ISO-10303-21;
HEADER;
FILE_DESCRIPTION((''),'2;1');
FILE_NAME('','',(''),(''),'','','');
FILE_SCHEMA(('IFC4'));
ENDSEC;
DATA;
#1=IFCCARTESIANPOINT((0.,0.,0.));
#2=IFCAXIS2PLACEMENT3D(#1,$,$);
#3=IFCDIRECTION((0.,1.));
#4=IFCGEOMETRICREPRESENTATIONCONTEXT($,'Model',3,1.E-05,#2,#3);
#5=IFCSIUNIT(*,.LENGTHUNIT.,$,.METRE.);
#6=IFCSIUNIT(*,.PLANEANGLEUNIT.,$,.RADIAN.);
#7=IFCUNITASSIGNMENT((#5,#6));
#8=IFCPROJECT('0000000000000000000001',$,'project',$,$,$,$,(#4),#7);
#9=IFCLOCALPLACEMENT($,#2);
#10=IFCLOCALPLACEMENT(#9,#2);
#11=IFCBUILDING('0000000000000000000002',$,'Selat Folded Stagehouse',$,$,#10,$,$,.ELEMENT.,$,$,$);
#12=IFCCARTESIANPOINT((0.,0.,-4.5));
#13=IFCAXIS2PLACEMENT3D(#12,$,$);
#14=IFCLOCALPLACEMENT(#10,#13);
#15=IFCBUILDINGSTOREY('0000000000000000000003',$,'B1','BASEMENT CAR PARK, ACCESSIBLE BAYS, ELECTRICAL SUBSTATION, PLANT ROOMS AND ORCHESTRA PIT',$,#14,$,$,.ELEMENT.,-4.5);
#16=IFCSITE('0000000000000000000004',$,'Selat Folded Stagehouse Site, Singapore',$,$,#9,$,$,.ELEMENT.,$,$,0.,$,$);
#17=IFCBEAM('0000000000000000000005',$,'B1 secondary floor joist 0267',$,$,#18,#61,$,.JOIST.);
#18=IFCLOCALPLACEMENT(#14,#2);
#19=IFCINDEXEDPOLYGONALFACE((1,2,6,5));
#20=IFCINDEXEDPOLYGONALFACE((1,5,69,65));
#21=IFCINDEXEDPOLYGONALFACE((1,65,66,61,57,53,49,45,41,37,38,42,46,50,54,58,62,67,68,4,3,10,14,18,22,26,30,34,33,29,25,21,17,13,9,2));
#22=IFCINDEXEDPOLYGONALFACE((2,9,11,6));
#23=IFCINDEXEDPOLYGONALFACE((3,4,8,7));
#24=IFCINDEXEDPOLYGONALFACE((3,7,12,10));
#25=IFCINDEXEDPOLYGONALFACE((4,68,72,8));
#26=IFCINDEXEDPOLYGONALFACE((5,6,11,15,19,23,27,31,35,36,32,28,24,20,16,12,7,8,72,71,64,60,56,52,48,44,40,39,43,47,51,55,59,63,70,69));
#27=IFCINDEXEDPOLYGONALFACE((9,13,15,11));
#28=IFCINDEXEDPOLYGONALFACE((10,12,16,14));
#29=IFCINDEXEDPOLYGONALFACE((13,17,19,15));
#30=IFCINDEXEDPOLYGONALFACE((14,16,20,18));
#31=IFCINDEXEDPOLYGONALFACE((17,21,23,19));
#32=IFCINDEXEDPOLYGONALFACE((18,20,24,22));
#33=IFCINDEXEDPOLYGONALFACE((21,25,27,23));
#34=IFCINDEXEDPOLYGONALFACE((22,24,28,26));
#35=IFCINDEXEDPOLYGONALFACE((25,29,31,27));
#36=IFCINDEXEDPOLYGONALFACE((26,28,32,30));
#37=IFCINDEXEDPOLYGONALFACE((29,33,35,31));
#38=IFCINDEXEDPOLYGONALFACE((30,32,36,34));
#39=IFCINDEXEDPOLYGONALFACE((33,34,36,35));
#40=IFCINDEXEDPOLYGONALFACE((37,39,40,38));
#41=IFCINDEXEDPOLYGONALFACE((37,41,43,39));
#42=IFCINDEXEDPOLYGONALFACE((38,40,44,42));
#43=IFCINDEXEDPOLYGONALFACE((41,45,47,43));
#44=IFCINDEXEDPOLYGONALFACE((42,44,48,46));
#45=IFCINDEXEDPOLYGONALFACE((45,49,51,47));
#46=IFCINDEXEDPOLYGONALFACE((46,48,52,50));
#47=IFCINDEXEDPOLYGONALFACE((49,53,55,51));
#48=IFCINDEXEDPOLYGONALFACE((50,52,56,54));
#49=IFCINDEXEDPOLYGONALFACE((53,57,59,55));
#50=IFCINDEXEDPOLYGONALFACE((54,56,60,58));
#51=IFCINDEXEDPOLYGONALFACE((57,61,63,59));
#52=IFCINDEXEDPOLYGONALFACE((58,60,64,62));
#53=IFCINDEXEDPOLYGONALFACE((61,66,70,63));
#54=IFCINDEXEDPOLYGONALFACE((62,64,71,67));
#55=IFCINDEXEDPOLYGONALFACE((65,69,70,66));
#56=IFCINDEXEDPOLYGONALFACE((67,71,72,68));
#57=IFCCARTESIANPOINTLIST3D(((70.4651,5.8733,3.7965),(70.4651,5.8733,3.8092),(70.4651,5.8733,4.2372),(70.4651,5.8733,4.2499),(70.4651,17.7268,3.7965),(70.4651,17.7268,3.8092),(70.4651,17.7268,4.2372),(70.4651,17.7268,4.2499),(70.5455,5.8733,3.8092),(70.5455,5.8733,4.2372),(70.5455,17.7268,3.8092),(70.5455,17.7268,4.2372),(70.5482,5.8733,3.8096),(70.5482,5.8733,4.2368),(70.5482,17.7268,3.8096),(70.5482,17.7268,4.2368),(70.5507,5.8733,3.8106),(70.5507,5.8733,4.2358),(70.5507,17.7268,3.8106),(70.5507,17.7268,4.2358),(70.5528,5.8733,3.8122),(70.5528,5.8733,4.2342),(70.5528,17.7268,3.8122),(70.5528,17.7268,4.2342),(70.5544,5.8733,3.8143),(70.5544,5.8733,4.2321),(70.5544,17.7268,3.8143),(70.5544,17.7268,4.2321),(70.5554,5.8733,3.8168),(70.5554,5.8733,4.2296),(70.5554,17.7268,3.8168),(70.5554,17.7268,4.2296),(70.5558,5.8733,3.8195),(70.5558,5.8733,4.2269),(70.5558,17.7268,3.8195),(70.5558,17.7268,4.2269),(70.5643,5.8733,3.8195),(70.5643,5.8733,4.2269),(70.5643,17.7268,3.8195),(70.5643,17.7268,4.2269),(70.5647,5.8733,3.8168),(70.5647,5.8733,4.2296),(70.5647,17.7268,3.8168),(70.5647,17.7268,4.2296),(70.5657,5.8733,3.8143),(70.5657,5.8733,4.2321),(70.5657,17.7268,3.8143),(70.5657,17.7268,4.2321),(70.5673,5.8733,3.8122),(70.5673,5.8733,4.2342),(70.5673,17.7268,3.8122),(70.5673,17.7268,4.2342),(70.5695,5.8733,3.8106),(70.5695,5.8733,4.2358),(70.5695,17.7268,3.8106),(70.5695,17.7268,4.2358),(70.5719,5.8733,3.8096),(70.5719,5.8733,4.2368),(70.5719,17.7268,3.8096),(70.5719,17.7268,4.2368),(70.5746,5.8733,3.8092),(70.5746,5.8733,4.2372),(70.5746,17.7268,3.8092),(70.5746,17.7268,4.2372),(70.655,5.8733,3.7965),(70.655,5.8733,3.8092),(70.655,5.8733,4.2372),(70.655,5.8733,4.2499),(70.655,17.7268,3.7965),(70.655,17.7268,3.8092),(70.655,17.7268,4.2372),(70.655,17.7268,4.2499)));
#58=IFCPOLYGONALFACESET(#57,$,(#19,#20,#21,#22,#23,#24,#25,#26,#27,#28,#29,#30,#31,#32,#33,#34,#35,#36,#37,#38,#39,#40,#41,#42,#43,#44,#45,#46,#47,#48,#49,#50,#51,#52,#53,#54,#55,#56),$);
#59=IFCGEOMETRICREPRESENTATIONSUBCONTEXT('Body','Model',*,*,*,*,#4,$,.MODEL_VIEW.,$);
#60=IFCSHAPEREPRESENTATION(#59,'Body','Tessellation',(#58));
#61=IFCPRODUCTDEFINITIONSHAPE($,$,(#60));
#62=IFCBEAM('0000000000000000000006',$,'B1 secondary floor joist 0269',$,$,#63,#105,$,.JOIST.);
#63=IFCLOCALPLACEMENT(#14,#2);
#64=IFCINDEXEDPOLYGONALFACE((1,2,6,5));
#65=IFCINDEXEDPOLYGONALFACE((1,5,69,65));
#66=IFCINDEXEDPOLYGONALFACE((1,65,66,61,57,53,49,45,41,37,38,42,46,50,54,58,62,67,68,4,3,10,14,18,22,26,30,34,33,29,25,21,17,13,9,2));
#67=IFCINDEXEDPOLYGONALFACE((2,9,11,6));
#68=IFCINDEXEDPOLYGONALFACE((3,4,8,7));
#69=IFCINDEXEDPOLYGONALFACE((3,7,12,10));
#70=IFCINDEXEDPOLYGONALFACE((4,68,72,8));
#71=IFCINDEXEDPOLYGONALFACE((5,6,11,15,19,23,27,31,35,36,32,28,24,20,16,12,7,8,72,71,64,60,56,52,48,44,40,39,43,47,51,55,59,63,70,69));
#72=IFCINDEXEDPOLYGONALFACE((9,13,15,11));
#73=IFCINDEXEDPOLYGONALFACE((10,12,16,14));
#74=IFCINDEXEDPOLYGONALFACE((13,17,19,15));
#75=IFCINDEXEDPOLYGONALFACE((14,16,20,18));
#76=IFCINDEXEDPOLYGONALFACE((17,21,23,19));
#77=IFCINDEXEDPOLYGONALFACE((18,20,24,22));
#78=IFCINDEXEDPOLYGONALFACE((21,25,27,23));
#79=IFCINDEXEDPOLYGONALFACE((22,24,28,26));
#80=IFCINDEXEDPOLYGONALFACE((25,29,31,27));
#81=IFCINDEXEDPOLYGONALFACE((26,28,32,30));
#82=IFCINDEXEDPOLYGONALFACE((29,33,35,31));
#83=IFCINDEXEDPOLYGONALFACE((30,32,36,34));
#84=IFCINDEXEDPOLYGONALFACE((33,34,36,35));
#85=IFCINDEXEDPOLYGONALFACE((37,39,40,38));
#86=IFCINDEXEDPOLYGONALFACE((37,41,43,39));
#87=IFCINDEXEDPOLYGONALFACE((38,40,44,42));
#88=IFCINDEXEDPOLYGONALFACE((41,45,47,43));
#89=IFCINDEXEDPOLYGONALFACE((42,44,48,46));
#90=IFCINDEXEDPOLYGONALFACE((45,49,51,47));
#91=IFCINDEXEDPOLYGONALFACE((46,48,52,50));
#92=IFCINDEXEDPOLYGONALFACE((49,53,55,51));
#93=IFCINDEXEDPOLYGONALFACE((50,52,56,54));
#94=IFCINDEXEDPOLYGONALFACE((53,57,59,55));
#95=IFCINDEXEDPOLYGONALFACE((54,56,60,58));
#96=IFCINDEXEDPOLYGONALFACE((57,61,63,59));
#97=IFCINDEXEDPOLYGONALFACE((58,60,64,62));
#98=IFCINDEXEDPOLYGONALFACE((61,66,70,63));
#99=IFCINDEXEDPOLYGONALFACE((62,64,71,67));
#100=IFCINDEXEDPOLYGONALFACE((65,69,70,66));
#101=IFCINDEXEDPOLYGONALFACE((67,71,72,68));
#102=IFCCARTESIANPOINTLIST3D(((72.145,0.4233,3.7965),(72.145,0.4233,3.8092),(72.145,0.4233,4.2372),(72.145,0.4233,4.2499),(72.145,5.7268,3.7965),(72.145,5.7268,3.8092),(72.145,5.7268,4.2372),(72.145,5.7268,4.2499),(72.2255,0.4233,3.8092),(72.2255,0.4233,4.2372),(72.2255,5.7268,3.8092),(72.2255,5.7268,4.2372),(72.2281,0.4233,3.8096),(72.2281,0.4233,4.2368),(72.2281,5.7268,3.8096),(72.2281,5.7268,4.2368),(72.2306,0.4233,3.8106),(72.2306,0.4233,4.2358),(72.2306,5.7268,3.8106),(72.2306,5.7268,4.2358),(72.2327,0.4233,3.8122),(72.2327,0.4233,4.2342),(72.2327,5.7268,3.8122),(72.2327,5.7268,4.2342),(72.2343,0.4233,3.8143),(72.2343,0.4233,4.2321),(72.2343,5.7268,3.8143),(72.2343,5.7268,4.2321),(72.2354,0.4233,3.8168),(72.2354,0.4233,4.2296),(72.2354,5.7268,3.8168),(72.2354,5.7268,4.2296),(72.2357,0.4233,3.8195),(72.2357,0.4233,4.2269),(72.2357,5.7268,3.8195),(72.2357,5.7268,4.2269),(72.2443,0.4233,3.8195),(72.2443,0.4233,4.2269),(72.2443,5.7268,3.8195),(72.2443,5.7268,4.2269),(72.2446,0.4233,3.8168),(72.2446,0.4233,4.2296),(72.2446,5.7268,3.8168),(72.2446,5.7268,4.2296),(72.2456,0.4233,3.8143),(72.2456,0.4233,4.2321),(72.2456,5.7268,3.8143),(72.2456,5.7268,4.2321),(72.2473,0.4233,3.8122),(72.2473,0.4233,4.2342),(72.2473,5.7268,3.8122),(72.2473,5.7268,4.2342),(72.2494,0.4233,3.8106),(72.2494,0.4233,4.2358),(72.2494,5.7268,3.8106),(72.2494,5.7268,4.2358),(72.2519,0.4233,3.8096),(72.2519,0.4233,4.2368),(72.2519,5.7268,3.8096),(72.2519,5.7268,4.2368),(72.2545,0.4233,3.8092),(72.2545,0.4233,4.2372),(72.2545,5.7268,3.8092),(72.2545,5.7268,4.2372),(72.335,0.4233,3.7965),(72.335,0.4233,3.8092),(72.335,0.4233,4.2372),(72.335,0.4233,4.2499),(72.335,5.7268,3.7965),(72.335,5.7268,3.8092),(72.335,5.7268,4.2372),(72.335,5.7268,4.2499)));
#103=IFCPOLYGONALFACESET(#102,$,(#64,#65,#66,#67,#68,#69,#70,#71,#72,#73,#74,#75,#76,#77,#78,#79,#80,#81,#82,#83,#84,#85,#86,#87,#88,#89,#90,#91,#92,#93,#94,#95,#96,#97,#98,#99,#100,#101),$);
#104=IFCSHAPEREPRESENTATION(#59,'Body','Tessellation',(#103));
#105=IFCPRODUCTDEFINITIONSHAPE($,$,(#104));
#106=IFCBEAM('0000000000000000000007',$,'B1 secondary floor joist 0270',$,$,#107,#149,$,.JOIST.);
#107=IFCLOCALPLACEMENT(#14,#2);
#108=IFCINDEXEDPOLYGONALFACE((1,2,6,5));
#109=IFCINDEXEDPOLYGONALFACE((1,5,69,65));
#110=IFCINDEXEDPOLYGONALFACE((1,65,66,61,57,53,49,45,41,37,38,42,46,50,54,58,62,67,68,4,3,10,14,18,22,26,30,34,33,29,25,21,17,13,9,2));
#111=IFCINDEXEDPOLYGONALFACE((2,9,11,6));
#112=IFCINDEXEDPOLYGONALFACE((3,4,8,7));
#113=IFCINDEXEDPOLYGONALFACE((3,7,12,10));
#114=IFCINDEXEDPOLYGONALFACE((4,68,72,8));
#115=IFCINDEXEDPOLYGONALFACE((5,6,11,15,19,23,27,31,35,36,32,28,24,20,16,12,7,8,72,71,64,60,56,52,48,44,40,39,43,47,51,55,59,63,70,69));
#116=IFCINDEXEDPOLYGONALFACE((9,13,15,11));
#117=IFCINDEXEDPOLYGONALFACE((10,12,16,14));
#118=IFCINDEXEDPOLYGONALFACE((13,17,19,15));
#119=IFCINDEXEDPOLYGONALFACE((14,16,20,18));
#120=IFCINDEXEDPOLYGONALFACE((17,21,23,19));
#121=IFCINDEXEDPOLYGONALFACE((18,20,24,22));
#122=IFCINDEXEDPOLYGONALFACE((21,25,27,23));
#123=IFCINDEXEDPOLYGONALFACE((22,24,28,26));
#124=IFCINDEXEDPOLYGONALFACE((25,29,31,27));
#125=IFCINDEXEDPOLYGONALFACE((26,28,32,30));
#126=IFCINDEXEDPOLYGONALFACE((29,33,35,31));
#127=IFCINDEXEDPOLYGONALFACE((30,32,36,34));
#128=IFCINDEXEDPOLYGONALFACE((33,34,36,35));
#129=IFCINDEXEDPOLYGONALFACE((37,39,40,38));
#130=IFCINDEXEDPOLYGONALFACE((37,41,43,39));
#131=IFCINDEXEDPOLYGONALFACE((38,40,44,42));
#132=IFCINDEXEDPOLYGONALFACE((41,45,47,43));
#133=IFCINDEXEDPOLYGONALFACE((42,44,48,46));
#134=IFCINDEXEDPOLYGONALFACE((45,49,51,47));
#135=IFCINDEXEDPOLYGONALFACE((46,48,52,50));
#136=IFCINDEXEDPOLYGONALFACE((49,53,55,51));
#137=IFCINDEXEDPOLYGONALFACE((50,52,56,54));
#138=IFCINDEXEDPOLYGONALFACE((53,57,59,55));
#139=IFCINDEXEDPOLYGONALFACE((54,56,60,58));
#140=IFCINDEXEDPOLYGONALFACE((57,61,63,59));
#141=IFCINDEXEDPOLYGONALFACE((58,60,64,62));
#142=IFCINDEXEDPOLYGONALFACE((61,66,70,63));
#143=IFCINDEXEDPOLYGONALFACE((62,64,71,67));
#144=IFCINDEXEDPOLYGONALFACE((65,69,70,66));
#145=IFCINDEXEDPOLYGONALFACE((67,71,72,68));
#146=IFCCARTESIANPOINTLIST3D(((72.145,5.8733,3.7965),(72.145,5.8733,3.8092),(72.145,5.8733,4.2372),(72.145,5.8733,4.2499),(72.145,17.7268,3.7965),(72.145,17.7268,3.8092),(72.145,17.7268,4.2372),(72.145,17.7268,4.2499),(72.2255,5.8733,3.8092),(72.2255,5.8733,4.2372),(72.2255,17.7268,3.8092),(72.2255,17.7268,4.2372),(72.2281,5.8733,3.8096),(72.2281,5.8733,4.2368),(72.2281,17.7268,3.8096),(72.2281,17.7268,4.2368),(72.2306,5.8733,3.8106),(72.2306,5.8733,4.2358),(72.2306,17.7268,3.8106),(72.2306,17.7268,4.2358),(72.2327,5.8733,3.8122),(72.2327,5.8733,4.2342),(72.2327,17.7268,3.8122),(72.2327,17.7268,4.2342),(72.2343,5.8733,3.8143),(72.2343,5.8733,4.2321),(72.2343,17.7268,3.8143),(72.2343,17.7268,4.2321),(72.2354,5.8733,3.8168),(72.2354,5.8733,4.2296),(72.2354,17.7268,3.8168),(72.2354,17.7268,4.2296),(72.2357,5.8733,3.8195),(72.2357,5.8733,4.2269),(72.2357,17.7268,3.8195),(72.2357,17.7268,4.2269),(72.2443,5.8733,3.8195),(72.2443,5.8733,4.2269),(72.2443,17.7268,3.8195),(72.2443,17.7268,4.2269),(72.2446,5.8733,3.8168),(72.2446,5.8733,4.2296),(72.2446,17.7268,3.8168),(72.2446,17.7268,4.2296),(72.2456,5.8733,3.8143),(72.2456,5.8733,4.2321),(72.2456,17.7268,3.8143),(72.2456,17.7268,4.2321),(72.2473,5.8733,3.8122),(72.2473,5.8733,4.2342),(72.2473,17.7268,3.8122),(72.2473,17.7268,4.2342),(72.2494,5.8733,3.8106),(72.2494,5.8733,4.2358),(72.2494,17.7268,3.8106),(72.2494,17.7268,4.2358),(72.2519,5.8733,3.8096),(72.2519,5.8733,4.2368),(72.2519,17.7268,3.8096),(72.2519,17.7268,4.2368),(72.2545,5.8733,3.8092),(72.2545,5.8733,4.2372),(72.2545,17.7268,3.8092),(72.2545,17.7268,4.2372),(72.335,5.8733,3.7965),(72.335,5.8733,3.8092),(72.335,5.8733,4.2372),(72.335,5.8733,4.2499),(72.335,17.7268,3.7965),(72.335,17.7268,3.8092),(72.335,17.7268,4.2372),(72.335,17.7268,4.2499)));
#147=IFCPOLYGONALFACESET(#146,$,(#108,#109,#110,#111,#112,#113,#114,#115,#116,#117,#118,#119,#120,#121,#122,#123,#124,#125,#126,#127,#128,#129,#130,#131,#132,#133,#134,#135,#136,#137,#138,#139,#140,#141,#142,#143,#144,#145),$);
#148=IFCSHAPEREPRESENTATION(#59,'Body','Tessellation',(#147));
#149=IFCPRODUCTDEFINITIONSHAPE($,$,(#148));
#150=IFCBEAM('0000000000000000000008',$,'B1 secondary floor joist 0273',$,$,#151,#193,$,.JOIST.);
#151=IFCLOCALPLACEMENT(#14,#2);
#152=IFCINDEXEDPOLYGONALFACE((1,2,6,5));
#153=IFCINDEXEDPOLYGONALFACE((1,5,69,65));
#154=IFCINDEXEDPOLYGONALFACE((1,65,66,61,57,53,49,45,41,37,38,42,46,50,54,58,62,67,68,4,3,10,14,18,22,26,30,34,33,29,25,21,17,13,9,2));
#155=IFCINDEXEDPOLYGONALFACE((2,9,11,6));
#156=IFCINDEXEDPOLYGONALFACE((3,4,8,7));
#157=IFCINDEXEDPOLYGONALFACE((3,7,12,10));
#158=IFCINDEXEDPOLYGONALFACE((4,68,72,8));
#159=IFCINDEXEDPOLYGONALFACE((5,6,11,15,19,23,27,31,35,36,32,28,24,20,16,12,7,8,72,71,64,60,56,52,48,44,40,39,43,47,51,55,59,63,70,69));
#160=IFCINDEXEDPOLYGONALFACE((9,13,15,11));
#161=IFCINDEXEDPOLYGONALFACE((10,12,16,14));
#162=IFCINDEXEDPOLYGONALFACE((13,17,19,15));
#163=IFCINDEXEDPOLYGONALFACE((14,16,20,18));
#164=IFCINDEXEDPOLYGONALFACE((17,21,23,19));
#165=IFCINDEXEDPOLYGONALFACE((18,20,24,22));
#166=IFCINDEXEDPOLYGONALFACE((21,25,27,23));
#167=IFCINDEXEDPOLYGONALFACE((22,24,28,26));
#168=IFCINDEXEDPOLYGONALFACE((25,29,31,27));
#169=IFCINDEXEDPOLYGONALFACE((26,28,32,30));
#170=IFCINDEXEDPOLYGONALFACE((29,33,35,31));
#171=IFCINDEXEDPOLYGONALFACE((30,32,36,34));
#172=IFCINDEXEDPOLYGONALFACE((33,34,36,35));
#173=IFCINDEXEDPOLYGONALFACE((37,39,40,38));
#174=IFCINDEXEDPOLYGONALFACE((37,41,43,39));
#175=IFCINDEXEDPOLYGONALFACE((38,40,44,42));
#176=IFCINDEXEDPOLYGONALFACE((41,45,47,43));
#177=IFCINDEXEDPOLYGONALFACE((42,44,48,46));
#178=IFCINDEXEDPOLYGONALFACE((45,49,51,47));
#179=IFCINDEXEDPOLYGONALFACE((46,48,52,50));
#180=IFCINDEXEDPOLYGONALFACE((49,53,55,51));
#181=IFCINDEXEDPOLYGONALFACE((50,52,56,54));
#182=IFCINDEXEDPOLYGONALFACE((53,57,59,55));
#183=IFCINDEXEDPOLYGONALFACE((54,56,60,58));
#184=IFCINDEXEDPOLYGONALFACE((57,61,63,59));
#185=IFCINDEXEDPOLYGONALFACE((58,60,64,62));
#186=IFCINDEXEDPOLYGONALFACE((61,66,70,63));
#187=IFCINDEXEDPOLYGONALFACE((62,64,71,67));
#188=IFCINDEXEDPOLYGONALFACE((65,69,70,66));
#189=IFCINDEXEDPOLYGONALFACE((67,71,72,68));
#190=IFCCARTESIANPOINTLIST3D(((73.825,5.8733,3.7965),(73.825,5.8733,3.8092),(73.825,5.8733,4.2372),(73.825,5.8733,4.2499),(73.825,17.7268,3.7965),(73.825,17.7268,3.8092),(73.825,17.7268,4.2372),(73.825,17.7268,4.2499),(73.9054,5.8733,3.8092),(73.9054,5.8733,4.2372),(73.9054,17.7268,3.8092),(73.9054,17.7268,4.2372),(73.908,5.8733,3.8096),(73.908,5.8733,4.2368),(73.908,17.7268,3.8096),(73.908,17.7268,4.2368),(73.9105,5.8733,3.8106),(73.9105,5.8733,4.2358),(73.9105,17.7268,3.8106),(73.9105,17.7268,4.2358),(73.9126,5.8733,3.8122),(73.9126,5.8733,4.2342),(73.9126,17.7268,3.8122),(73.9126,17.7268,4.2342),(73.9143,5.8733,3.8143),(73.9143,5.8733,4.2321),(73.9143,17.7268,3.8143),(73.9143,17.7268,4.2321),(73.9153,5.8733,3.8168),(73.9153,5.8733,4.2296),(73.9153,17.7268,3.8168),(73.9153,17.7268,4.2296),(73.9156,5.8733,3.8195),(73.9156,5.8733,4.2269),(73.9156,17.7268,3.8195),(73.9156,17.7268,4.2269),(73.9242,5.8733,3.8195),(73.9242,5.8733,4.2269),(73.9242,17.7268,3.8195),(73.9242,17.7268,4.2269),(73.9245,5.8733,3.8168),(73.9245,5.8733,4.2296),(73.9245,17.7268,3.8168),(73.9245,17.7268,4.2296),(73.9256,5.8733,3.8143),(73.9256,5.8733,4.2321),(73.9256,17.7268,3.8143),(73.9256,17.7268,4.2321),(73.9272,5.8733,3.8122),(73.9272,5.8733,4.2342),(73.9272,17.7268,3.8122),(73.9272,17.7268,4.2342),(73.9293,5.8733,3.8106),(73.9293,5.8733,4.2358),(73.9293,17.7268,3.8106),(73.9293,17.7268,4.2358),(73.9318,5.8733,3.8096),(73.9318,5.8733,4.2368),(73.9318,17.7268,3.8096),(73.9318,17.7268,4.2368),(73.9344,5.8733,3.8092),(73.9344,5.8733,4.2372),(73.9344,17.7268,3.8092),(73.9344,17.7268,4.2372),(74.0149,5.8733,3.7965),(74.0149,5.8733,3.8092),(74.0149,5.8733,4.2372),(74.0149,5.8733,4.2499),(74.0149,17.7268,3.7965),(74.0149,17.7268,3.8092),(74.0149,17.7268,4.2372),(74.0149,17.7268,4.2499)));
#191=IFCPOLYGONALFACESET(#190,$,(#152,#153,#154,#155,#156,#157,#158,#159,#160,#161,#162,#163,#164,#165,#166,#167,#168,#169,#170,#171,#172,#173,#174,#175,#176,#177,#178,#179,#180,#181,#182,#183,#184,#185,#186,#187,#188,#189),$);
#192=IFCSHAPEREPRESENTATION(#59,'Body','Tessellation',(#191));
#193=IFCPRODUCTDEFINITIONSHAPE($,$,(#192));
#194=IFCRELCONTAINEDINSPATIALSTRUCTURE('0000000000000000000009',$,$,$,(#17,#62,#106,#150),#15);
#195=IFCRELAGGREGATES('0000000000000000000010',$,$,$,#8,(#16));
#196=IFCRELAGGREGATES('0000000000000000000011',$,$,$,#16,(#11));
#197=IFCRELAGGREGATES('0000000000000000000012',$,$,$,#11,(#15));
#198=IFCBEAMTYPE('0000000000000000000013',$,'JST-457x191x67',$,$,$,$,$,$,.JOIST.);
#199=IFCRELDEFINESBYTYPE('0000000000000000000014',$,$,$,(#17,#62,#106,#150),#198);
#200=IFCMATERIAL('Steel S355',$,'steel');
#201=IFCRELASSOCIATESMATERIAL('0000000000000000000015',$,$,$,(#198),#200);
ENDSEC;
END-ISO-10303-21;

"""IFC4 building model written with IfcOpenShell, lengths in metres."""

from ifc_helpers import new_model, si_unit, direction, frame, origin, origin_2d, place, context, subcontext, project, spatial, i_section, extrude, material, material_profile, profile_set, type_object, element, save


model = new_model("IFC4")

# Units and contexts
model_context = context("Model", 3, precision=1e-05, world=origin(), true_north=direction((0.0, 1.0)))
body_context = subcontext(model_context, "Body", "Model", "MODEL_VIEW")
ifc_project = project(units=[si_unit("LENGTHUNIT", "METRE"), si_unit("PLANEANGLEUNIT", "RADIAN")], contexts=[model_context])

# Site, building, storey
site_placement = place(None, origin())
site = spatial("IfcSite", under=ifc_project, at=site_placement, Name="Selat Folded Stagehouse Site, Singapore", CompositionType="ELEMENT", RefElevation=0.0)
building_placement = place(site_placement, origin())
building = spatial("IfcBuilding", under=site, at=building_placement, Name="Selat Folded Stagehouse", CompositionType="ELEMENT")
storey_placement = place(building_placement, frame((0.0, 0.0, -4.5)))
storey = spatial("IfcBuildingStorey", under=building, at=storey_placement, Name="B1", Description="BASEMENT CAR PARK, ACCESSIBLE BAYS, ELECTRICAL SUBSTATION, PLANT ROOMS AND ORCHESTRA PIT", CompositionType="ELEMENT", Elevation=-4.5)

# Shared definitions
ifc_material_1 = material(Name="Steel S355", Category="steel")

# Beams
ifc_material_profile_1 = material_profile(ifc_material_1, i_section(OverallWidth=0.1899, OverallDepth=0.4534, WebThickness=0.0085, FlangeThickness=0.0127, FilletRadius=0.0103, at=origin_2d()), Name="UKB 457x191x67")
ifc_profile_set_1 = profile_set([ifc_material_profile_1], Name="Steel S355")
beam_type_1 = type_object("IfcBeamType", Name="JST-457x191x67", PredefinedType="JOIST", material=ifc_profile_set_1)
beam_1_placement = place(storey_placement, frame((70.5601, 5.8733, 4.0232), z_axis=(0.0, 1.0, 0.0), x_axis=(-1.0, 0.0, 0.0)))
element("IfcBeam", 1, at=beam_1_placement, inside=storey, type_object=beam_type_1, Name="B1 secondary floor joist 0267", PredefinedType="JOIST", context=body_context, shape_type="SweptSolid", body=[
    extrude(i_section(OverallWidth=0.1899, OverallDepth=0.4534, WebThickness=0.0085, FlangeThickness=0.0127, FilletRadius=0.0103, at=origin_2d()), origin(), (0.0, 0.0, 1.0), 11.8535),
])
beam_2_placement = place(storey_placement, frame((72.24, 0.4233, 4.0232), z_axis=(0.0, 1.0, 0.0), x_axis=(-1.0, 0.0, 0.0)))
element("IfcBeam", 2, at=beam_2_placement, inside=storey, type_object=beam_type_1, Name="B1 secondary floor joist 0269", PredefinedType="JOIST", context=body_context, shape_type="SweptSolid", body=[
    extrude(i_section(OverallWidth=0.1899, OverallDepth=0.4534, WebThickness=0.0085, FlangeThickness=0.0127, FilletRadius=0.0103, at=origin_2d()), origin(), (0.0, 0.0, 1.0), 5.3035),
])
for number, where, z_axis, x_axis, name in (
    (3, (72.24, 5.8733, 4.0232), (0.0, 1.0, 0.0), (-1.0, 0.0, 0.0), "B1 secondary floor joist 0270"),
    (4, (73.9199, 5.8733, 4.0232), (0.0, 1.0, 0.0), (-1.0, 0.0, 0.0), "B1 secondary floor joist 0273"),
):
    element("IfcBeam", number, at=place(storey_placement, frame(where, z_axis=z_axis, x_axis=x_axis)), inside=storey, type_object=beam_type_1, Name=name, PredefinedType="JOIST", context=body_context, shape_type="SweptSolid", body=[
        extrude(i_section(OverallWidth=0.1899, OverallDepth=0.4534, WebThickness=0.0085, FlangeThickness=0.0127, FilletRadius=0.0103, at=origin_2d()), origin(), (0.0, 0.0, 1.0), 11.8535),
    ])

save(model, "model.ifc")
